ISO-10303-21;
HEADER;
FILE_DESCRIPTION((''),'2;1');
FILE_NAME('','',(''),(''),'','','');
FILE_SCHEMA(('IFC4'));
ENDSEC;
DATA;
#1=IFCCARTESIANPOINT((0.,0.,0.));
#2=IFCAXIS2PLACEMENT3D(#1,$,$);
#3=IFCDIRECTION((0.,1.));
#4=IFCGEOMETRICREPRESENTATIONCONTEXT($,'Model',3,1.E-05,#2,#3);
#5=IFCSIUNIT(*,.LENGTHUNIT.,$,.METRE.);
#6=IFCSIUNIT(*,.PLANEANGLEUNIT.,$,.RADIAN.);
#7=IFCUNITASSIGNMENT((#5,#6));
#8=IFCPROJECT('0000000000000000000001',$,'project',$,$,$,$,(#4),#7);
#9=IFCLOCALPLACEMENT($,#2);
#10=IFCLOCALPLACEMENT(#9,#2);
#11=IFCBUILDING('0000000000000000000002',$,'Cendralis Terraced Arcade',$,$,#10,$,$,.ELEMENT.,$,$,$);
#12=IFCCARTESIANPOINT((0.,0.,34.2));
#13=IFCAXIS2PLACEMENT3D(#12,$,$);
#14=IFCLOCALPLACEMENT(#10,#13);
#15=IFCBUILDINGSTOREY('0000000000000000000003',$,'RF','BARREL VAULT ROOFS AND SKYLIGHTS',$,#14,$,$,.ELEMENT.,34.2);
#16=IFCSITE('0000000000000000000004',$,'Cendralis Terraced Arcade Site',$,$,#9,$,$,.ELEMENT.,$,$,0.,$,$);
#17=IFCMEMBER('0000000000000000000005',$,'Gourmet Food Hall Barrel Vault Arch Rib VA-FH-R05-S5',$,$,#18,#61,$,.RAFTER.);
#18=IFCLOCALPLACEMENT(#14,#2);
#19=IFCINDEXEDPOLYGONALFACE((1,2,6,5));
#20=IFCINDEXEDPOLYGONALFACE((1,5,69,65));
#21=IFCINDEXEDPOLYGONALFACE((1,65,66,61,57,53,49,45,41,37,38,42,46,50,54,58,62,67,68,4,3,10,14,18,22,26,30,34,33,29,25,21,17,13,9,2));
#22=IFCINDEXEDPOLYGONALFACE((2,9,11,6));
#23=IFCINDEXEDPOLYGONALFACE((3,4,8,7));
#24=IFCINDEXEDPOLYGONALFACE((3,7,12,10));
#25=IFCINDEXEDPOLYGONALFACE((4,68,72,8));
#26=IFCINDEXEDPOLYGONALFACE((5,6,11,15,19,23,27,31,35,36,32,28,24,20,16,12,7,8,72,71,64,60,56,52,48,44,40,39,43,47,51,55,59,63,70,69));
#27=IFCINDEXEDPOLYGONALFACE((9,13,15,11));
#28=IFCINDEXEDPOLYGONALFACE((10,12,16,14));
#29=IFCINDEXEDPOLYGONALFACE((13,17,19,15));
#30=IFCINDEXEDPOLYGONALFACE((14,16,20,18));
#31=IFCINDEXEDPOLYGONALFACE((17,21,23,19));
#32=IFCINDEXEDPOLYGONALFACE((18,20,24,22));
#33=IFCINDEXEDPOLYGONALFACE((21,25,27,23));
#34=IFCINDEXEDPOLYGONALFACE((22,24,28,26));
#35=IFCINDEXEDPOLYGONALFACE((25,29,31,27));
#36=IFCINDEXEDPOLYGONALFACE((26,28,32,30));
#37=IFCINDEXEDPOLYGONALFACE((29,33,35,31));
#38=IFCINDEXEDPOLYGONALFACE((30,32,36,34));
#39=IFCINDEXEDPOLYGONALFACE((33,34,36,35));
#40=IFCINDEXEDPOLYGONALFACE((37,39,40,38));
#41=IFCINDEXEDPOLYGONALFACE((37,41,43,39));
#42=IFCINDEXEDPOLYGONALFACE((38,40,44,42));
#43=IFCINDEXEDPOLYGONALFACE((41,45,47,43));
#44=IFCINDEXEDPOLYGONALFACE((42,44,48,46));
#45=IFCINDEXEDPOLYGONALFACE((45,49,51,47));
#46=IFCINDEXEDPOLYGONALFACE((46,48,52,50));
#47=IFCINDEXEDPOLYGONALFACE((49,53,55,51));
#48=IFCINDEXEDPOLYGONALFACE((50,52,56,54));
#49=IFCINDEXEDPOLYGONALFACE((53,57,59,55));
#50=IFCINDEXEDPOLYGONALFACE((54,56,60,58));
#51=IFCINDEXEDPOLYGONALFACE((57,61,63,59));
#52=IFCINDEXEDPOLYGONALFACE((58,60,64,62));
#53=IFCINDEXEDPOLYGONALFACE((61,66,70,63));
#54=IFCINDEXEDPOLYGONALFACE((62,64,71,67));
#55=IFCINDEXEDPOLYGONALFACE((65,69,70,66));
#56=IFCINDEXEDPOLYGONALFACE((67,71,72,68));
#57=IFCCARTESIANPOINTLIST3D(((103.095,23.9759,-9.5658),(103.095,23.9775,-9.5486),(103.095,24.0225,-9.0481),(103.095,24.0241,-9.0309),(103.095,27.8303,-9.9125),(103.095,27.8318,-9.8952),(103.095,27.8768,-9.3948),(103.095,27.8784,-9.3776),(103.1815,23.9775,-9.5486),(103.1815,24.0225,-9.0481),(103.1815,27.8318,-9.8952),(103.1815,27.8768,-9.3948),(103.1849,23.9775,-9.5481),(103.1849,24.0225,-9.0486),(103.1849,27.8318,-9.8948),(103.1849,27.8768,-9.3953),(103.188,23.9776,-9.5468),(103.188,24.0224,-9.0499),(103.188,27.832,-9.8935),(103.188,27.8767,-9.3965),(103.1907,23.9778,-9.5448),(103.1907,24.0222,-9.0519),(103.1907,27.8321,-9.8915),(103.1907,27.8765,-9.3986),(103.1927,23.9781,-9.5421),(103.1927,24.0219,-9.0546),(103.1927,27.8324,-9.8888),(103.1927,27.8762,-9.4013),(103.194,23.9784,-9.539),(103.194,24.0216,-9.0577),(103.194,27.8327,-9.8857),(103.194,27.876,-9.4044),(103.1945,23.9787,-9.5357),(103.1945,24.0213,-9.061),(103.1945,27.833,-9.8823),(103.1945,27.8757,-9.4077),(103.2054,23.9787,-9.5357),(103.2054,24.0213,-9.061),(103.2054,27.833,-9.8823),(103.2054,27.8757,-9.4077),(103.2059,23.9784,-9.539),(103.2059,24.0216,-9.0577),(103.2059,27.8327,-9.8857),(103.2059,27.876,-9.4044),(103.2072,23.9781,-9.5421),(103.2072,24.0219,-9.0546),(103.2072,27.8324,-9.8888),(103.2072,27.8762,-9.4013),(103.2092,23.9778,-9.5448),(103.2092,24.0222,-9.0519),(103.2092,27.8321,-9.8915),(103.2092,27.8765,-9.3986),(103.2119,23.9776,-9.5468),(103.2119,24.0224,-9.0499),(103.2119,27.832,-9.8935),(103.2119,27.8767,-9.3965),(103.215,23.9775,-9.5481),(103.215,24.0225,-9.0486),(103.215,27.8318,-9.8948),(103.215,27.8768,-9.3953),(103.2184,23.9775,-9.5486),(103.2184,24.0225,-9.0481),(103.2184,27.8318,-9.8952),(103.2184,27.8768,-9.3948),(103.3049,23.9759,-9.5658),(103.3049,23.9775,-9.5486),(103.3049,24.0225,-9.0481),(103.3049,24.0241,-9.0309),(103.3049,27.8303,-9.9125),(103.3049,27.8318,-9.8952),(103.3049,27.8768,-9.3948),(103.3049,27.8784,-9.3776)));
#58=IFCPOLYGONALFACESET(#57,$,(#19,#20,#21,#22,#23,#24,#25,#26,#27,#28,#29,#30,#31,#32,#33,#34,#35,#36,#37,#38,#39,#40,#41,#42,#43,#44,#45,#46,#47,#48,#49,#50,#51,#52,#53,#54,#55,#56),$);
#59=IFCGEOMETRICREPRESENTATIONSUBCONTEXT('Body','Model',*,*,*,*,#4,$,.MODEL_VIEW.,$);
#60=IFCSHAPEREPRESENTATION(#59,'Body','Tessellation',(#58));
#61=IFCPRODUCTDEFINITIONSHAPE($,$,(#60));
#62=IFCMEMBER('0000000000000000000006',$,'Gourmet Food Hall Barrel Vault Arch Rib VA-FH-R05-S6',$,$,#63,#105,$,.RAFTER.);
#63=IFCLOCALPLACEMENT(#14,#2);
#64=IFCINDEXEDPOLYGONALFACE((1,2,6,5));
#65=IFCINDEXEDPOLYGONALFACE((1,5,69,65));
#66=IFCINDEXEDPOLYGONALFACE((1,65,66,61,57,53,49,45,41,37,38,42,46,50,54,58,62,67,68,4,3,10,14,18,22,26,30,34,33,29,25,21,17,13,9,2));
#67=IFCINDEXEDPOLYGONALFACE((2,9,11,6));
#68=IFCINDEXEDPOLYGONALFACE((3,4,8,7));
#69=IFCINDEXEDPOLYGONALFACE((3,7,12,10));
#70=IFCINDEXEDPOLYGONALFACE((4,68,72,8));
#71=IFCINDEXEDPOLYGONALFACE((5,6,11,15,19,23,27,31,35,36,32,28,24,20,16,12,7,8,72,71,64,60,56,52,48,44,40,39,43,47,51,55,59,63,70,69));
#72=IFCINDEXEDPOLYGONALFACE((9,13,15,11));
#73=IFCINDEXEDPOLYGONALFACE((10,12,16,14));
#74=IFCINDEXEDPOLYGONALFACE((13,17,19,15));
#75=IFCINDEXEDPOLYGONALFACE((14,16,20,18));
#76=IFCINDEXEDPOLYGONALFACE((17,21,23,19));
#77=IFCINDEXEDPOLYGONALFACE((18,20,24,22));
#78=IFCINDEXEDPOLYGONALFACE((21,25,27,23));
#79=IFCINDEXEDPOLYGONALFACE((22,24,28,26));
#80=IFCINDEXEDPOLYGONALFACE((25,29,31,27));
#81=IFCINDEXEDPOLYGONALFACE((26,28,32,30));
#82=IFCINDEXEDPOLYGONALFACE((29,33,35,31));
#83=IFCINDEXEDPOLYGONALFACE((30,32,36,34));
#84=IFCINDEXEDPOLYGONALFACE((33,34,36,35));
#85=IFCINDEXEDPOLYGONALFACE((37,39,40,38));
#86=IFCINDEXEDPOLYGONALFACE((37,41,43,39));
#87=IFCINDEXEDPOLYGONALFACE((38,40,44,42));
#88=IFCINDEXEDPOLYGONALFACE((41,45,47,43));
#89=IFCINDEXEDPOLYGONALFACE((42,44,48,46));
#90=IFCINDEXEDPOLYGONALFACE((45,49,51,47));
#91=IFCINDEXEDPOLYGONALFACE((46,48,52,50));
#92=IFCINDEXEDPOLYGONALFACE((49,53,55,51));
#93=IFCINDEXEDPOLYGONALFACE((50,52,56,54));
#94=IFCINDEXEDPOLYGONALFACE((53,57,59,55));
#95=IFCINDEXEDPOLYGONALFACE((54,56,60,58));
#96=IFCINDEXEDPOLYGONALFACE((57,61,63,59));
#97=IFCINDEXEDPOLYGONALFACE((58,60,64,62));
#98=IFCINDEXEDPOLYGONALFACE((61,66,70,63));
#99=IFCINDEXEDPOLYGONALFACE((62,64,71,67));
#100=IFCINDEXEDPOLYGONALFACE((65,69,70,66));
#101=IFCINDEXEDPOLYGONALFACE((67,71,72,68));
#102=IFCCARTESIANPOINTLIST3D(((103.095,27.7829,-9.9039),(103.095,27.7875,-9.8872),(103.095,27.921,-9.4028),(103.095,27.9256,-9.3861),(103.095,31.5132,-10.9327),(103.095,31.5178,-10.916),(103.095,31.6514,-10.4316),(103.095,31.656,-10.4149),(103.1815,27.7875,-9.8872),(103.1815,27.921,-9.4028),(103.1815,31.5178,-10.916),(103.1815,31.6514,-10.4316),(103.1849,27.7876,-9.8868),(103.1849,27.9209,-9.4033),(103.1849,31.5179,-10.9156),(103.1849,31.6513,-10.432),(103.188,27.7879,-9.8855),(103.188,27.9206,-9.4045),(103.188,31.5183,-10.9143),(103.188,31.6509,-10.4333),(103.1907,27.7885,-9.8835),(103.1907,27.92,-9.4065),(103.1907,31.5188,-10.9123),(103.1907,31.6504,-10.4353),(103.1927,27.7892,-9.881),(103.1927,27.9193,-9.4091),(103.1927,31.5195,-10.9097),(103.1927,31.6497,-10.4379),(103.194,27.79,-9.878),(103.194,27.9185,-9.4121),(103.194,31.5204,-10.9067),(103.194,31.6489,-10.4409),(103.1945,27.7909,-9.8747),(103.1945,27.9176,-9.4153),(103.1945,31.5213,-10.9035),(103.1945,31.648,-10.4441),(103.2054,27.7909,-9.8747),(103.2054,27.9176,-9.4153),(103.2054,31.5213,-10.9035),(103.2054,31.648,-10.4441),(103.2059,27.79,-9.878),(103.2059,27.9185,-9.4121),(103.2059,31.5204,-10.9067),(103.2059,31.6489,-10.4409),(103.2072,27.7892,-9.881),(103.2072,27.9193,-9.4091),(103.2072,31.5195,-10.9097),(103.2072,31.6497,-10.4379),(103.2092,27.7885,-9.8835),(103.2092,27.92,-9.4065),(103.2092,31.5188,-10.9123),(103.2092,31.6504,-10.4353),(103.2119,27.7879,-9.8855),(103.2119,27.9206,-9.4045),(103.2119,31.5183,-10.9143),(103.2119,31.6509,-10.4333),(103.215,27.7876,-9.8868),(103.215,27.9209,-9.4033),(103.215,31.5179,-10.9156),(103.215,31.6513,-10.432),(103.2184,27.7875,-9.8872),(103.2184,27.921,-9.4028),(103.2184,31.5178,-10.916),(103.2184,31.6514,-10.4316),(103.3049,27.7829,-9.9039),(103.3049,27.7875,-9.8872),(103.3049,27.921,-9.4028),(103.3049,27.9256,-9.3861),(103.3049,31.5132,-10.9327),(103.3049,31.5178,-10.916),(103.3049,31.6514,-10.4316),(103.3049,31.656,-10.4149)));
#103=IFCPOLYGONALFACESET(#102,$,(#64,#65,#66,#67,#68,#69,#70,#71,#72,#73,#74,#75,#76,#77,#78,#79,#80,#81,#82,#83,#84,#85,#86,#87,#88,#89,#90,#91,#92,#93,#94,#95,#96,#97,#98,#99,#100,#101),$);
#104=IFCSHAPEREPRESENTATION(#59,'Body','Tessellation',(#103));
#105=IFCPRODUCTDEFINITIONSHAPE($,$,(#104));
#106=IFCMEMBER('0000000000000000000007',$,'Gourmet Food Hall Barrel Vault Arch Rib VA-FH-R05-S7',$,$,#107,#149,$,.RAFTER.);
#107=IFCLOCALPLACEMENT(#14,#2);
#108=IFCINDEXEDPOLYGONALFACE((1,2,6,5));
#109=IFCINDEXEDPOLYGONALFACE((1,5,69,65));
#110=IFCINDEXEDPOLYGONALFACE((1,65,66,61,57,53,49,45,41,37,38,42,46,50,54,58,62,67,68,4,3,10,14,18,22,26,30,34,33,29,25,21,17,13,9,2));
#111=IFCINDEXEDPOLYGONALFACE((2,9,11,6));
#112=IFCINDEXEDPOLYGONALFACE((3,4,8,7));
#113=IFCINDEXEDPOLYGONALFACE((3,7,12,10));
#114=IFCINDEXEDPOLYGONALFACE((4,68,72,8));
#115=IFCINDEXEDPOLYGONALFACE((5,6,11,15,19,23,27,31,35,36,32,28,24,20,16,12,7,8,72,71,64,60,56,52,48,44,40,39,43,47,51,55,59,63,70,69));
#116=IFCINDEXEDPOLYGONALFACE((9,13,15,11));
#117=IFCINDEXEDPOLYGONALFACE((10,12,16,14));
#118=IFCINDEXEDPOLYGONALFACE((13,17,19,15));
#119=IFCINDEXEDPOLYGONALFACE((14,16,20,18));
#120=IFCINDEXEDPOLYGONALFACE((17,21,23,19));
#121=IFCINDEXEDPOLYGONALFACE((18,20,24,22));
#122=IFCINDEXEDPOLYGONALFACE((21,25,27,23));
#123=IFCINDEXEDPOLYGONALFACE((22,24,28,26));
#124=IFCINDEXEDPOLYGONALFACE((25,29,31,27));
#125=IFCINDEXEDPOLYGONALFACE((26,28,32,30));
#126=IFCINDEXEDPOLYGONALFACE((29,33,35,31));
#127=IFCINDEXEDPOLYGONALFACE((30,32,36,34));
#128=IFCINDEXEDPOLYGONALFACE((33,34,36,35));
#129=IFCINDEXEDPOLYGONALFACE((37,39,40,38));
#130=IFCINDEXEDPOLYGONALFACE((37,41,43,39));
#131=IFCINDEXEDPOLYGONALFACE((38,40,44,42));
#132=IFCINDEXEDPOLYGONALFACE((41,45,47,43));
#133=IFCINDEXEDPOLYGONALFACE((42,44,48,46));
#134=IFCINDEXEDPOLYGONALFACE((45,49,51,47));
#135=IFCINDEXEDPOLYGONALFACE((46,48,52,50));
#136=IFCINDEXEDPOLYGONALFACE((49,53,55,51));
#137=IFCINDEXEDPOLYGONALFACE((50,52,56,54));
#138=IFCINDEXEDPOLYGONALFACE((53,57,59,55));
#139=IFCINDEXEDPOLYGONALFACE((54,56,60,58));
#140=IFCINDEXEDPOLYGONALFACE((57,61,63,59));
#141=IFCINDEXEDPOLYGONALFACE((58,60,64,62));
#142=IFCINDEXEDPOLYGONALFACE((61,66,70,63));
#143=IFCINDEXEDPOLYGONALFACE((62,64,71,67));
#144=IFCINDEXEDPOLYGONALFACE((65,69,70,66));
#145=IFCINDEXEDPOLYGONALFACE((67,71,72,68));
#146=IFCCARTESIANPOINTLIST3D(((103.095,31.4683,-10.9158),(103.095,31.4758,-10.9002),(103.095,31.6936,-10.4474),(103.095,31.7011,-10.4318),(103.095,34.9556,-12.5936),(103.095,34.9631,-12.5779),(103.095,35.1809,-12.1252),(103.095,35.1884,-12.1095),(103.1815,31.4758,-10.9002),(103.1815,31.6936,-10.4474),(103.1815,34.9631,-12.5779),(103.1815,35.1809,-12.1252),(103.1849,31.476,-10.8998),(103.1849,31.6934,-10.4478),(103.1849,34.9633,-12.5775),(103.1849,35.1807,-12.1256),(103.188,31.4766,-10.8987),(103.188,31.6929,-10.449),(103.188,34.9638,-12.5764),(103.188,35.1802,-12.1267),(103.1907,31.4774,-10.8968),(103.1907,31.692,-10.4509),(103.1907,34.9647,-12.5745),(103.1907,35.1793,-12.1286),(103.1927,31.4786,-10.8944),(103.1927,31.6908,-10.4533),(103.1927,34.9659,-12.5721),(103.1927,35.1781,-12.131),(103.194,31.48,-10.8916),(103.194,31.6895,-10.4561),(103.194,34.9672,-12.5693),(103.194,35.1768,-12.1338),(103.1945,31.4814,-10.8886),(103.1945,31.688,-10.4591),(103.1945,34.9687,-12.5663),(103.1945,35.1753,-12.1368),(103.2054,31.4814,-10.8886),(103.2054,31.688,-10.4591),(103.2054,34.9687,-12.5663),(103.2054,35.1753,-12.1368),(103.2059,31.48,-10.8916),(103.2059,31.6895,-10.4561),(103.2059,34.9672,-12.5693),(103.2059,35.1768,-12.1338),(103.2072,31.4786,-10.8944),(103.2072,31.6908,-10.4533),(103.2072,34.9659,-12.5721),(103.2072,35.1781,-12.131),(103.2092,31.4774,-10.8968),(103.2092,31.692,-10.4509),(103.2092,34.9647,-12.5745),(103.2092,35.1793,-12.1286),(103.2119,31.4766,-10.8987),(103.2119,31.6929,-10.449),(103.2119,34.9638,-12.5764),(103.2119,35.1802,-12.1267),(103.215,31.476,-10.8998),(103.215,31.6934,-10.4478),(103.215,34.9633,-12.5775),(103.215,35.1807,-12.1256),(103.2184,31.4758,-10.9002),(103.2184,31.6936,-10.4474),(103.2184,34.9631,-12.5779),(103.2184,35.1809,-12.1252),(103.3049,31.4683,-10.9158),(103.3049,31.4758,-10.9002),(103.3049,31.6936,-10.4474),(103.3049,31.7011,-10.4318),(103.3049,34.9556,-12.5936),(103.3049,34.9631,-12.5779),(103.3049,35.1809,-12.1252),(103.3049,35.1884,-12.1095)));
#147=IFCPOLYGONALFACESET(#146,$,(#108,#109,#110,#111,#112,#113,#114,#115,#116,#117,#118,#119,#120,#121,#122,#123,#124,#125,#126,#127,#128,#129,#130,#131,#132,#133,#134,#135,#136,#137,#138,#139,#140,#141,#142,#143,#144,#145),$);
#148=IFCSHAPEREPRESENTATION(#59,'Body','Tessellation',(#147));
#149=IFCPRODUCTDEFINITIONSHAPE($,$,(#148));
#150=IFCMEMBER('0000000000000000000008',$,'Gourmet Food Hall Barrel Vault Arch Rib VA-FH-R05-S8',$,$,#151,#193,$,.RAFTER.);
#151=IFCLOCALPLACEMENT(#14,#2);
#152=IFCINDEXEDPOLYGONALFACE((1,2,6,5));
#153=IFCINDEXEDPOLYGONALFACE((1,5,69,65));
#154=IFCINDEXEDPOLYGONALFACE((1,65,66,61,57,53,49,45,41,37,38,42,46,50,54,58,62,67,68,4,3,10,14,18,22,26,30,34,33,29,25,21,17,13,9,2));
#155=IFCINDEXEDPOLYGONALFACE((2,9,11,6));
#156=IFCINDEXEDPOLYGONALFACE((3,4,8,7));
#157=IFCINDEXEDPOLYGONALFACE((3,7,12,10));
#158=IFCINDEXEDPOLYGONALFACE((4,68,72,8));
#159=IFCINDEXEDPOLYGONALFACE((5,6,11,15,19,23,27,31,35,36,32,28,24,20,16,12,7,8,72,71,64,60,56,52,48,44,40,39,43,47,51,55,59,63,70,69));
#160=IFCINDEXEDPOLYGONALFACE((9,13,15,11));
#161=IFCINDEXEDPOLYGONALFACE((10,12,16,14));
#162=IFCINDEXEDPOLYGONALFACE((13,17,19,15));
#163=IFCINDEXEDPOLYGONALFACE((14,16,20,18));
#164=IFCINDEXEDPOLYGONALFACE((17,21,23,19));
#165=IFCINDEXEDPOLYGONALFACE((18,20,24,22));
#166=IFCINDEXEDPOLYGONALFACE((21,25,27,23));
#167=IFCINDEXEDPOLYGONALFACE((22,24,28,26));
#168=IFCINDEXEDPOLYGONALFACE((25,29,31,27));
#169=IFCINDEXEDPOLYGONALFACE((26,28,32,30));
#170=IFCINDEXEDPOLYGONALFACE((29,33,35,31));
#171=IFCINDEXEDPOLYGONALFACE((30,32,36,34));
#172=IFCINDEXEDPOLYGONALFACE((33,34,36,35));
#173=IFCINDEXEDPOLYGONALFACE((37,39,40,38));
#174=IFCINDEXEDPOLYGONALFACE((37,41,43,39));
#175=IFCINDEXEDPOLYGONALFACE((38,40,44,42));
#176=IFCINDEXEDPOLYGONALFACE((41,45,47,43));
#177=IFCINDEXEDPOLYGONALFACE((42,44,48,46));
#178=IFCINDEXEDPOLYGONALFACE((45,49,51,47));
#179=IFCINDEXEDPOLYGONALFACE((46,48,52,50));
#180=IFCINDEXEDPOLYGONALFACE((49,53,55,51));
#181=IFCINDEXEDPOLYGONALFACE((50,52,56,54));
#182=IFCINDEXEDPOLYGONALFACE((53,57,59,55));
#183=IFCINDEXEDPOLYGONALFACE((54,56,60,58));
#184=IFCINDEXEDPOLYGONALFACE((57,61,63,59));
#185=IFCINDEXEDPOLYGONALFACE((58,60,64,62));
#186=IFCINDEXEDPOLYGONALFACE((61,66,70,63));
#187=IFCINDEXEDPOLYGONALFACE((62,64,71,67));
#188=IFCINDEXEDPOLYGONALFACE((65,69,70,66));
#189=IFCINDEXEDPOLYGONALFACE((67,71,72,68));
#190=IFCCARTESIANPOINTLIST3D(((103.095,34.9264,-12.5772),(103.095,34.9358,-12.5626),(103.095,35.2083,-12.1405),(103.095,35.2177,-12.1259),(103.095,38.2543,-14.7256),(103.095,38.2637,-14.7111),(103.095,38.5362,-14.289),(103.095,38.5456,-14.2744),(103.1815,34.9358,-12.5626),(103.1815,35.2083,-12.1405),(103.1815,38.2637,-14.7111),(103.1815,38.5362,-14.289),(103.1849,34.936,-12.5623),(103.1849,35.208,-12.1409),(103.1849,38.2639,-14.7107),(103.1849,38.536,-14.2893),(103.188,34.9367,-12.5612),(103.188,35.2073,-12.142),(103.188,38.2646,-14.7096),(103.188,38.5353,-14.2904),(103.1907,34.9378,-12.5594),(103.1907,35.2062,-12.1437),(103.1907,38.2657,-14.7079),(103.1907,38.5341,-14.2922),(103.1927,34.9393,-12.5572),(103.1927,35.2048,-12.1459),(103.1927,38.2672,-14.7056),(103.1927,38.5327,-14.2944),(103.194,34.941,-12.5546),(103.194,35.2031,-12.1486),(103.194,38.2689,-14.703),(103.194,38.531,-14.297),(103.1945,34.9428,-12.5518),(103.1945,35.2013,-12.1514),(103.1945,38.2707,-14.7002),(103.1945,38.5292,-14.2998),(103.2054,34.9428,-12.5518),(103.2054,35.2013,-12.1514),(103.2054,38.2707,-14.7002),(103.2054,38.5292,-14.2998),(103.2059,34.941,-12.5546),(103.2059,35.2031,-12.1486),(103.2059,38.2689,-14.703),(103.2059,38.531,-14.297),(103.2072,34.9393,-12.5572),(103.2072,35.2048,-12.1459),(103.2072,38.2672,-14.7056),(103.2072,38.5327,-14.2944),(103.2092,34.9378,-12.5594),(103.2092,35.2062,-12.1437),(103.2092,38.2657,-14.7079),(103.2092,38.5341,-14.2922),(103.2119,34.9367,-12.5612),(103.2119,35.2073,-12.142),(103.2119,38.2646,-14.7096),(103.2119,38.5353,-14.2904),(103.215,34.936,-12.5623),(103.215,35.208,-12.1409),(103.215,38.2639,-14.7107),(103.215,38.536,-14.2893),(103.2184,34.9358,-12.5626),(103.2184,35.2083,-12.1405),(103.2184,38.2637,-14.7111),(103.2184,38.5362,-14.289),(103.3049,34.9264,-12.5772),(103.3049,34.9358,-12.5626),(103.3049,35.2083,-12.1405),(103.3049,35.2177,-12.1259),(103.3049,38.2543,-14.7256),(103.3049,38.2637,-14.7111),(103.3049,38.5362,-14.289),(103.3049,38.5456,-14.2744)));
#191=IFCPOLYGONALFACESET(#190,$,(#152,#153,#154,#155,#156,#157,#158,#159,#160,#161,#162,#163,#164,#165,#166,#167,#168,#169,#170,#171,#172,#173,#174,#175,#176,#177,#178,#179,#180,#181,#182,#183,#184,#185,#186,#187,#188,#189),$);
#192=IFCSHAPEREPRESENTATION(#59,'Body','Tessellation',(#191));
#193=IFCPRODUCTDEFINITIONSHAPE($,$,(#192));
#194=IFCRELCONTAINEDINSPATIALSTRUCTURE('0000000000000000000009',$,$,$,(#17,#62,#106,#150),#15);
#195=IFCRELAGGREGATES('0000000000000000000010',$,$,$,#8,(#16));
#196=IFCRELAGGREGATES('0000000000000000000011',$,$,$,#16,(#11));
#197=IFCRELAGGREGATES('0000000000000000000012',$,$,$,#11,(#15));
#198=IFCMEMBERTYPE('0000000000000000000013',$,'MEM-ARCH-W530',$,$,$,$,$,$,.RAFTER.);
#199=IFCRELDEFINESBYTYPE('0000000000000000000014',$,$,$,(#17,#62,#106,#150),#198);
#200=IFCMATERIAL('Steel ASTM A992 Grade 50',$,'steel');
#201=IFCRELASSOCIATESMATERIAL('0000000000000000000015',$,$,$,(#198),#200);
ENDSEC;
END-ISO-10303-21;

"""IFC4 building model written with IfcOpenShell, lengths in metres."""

from ifc_helpers import new_model, si_unit, direction, frame, origin, origin_2d, place, context, subcontext, project, spatial, i_section, extrude, material, material_profile, profile_set, type_object, element, save


model = new_model("IFC4")

# Units and contexts
model_context = context("Model", 3, precision=1e-05, world=origin(), true_north=direction((0.0, 1.0)))
body_context = subcontext(model_context, "Body", "Model", "MODEL_VIEW")
ifc_project = project(units=[si_unit("LENGTHUNIT", "METRE"), si_unit("PLANEANGLEUNIT", "RADIAN")], contexts=[model_context])

# Site, building, storey
site_placement = place(None, origin())
site = spatial("IfcSite", under=ifc_project, at=site_placement, Name="Cendralis Terraced Arcade Site", CompositionType="ELEMENT", RefElevation=0.0)
building_placement = place(site_placement, origin())
building = spatial("IfcBuilding", under=site, at=building_placement, Name="Cendralis Terraced Arcade", CompositionType="ELEMENT")
storey_placement = place(building_placement, frame((0.0, 0.0, 34.2)))
storey = spatial("IfcBuildingStorey", under=building, at=storey_placement, Name="RF", Description="BARREL VAULT ROOFS AND SKYLIGHTS", CompositionType="ELEMENT", Elevation=34.2)

# Members
ifc_material_1 = material(Name="Steel ASTM A992 Grade 50", Category="steel")
ifc_material_profile_1 = material_profile(ifc_material_1, i_section(OverallWidth=0.21, OverallDepth=0.5371, WebThickness=0.011, FlangeThickness=0.0173, FilletRadius=0.0129, at=origin_2d()), Name="W530X101", Category="LoadBearing")
ifc_profile_set_1 = profile_set([ifc_material_profile_1], Name="Steel ASTM A992 Grade 50")
member_type_1 = type_object("IfcMemberType", Name="MEM-ARCH-W530", PredefinedType="RAFTER", material=ifc_profile_set_1)
for number, where, z_axis, x_axis, name in (
    (1, (103.2, 24.0, -9.2983), (0.0, 0.995979, -0.089586), (-1.0, 0.0, 0.0), "Gourmet Food Hall Barrel Vault Arch Rib VA-FH-R05-S5"),
):
    element("IfcMember", number, at=place(storey_placement, frame(where, z_axis=z_axis, x_axis=x_axis)), inside=storey, type_object=member_type_1, Name=name, PredefinedType="RAFTER", context=body_context, shape_type="SweptSolid", body=[
        extrude(i_section(OverallWidth=0.21, OverallDepth=0.5371, WebThickness=0.011, FlangeThickness=0.0173, FilletRadius=0.0129, at=origin_2d()), origin(), (0.0, 0.0, 1.0), 3.8699),
    ])
member_1_placement = place(storey_placement, frame((103.2, 27.8542, -9.645), z_axis=(0.0, 0.964012, -0.26586), x_axis=(-1.0, 0.0, 0.0)))
element("IfcMember", 2, at=member_1_placement, inside=storey, type_object=member_type_1, Name="Gourmet Food Hall Barrel Vault Arch Rib VA-FH-R05-S6", PredefinedType="RAFTER", context=body_context, shape_type="SweptSolid", body=[
    extrude(i_section(OverallWidth=0.21, OverallDepth=0.5371, WebThickness=0.011, FlangeThickness=0.0173, FilletRadius=0.0129, at=origin_2d()), origin(), (0.0, 0.0, 1.0), 3.8696),
])
member_2_placement = place(storey_placement, frame((103.2, 31.5847, -10.6738), z_axis=(0.0, 0.901137, -0.433535), x_axis=(-1.0, 0.0, 0.0)))
element("IfcMember", 3, at=member_2_placement, inside=storey, type_object=member_type_1, Name="Gourmet Food Hall Barrel Vault Arch Rib VA-FH-R05-S7", PredefinedType="RAFTER", context=body_context, shape_type="SweptSolid", body=[
    extrude(i_section(OverallWidth=0.21, OverallDepth=0.5371, WebThickness=0.011, FlangeThickness=0.0173, FilletRadius=0.0129, at=origin_2d()), origin(), (0.0, 0.0, 1.0), 3.8699),
])
for number, where, z_axis, x_axis, name in (
    (4, (103.2, 35.072, -12.3516), (0.0, 0.840134, -0.54238), (-1.0, 0.0, 0.0), "Gourmet Food Hall Barrel Vault Arch Rib VA-FH-R05-S8"),
):
    element("IfcMember", number, at=place(storey_placement, frame(where, z_axis=z_axis, x_axis=x_axis)), inside=storey, type_object=member_type_1, Name=name, PredefinedType="RAFTER", context=body_context, shape_type="SweptSolid", body=[
        extrude(i_section(OverallWidth=0.21, OverallDepth=0.5371, WebThickness=0.011, FlangeThickness=0.0173, FilletRadius=0.0129, at=origin_2d()), origin(), (0.0, 0.0, 1.0), 3.9612),
    ])

save(model, "model.ifc")
